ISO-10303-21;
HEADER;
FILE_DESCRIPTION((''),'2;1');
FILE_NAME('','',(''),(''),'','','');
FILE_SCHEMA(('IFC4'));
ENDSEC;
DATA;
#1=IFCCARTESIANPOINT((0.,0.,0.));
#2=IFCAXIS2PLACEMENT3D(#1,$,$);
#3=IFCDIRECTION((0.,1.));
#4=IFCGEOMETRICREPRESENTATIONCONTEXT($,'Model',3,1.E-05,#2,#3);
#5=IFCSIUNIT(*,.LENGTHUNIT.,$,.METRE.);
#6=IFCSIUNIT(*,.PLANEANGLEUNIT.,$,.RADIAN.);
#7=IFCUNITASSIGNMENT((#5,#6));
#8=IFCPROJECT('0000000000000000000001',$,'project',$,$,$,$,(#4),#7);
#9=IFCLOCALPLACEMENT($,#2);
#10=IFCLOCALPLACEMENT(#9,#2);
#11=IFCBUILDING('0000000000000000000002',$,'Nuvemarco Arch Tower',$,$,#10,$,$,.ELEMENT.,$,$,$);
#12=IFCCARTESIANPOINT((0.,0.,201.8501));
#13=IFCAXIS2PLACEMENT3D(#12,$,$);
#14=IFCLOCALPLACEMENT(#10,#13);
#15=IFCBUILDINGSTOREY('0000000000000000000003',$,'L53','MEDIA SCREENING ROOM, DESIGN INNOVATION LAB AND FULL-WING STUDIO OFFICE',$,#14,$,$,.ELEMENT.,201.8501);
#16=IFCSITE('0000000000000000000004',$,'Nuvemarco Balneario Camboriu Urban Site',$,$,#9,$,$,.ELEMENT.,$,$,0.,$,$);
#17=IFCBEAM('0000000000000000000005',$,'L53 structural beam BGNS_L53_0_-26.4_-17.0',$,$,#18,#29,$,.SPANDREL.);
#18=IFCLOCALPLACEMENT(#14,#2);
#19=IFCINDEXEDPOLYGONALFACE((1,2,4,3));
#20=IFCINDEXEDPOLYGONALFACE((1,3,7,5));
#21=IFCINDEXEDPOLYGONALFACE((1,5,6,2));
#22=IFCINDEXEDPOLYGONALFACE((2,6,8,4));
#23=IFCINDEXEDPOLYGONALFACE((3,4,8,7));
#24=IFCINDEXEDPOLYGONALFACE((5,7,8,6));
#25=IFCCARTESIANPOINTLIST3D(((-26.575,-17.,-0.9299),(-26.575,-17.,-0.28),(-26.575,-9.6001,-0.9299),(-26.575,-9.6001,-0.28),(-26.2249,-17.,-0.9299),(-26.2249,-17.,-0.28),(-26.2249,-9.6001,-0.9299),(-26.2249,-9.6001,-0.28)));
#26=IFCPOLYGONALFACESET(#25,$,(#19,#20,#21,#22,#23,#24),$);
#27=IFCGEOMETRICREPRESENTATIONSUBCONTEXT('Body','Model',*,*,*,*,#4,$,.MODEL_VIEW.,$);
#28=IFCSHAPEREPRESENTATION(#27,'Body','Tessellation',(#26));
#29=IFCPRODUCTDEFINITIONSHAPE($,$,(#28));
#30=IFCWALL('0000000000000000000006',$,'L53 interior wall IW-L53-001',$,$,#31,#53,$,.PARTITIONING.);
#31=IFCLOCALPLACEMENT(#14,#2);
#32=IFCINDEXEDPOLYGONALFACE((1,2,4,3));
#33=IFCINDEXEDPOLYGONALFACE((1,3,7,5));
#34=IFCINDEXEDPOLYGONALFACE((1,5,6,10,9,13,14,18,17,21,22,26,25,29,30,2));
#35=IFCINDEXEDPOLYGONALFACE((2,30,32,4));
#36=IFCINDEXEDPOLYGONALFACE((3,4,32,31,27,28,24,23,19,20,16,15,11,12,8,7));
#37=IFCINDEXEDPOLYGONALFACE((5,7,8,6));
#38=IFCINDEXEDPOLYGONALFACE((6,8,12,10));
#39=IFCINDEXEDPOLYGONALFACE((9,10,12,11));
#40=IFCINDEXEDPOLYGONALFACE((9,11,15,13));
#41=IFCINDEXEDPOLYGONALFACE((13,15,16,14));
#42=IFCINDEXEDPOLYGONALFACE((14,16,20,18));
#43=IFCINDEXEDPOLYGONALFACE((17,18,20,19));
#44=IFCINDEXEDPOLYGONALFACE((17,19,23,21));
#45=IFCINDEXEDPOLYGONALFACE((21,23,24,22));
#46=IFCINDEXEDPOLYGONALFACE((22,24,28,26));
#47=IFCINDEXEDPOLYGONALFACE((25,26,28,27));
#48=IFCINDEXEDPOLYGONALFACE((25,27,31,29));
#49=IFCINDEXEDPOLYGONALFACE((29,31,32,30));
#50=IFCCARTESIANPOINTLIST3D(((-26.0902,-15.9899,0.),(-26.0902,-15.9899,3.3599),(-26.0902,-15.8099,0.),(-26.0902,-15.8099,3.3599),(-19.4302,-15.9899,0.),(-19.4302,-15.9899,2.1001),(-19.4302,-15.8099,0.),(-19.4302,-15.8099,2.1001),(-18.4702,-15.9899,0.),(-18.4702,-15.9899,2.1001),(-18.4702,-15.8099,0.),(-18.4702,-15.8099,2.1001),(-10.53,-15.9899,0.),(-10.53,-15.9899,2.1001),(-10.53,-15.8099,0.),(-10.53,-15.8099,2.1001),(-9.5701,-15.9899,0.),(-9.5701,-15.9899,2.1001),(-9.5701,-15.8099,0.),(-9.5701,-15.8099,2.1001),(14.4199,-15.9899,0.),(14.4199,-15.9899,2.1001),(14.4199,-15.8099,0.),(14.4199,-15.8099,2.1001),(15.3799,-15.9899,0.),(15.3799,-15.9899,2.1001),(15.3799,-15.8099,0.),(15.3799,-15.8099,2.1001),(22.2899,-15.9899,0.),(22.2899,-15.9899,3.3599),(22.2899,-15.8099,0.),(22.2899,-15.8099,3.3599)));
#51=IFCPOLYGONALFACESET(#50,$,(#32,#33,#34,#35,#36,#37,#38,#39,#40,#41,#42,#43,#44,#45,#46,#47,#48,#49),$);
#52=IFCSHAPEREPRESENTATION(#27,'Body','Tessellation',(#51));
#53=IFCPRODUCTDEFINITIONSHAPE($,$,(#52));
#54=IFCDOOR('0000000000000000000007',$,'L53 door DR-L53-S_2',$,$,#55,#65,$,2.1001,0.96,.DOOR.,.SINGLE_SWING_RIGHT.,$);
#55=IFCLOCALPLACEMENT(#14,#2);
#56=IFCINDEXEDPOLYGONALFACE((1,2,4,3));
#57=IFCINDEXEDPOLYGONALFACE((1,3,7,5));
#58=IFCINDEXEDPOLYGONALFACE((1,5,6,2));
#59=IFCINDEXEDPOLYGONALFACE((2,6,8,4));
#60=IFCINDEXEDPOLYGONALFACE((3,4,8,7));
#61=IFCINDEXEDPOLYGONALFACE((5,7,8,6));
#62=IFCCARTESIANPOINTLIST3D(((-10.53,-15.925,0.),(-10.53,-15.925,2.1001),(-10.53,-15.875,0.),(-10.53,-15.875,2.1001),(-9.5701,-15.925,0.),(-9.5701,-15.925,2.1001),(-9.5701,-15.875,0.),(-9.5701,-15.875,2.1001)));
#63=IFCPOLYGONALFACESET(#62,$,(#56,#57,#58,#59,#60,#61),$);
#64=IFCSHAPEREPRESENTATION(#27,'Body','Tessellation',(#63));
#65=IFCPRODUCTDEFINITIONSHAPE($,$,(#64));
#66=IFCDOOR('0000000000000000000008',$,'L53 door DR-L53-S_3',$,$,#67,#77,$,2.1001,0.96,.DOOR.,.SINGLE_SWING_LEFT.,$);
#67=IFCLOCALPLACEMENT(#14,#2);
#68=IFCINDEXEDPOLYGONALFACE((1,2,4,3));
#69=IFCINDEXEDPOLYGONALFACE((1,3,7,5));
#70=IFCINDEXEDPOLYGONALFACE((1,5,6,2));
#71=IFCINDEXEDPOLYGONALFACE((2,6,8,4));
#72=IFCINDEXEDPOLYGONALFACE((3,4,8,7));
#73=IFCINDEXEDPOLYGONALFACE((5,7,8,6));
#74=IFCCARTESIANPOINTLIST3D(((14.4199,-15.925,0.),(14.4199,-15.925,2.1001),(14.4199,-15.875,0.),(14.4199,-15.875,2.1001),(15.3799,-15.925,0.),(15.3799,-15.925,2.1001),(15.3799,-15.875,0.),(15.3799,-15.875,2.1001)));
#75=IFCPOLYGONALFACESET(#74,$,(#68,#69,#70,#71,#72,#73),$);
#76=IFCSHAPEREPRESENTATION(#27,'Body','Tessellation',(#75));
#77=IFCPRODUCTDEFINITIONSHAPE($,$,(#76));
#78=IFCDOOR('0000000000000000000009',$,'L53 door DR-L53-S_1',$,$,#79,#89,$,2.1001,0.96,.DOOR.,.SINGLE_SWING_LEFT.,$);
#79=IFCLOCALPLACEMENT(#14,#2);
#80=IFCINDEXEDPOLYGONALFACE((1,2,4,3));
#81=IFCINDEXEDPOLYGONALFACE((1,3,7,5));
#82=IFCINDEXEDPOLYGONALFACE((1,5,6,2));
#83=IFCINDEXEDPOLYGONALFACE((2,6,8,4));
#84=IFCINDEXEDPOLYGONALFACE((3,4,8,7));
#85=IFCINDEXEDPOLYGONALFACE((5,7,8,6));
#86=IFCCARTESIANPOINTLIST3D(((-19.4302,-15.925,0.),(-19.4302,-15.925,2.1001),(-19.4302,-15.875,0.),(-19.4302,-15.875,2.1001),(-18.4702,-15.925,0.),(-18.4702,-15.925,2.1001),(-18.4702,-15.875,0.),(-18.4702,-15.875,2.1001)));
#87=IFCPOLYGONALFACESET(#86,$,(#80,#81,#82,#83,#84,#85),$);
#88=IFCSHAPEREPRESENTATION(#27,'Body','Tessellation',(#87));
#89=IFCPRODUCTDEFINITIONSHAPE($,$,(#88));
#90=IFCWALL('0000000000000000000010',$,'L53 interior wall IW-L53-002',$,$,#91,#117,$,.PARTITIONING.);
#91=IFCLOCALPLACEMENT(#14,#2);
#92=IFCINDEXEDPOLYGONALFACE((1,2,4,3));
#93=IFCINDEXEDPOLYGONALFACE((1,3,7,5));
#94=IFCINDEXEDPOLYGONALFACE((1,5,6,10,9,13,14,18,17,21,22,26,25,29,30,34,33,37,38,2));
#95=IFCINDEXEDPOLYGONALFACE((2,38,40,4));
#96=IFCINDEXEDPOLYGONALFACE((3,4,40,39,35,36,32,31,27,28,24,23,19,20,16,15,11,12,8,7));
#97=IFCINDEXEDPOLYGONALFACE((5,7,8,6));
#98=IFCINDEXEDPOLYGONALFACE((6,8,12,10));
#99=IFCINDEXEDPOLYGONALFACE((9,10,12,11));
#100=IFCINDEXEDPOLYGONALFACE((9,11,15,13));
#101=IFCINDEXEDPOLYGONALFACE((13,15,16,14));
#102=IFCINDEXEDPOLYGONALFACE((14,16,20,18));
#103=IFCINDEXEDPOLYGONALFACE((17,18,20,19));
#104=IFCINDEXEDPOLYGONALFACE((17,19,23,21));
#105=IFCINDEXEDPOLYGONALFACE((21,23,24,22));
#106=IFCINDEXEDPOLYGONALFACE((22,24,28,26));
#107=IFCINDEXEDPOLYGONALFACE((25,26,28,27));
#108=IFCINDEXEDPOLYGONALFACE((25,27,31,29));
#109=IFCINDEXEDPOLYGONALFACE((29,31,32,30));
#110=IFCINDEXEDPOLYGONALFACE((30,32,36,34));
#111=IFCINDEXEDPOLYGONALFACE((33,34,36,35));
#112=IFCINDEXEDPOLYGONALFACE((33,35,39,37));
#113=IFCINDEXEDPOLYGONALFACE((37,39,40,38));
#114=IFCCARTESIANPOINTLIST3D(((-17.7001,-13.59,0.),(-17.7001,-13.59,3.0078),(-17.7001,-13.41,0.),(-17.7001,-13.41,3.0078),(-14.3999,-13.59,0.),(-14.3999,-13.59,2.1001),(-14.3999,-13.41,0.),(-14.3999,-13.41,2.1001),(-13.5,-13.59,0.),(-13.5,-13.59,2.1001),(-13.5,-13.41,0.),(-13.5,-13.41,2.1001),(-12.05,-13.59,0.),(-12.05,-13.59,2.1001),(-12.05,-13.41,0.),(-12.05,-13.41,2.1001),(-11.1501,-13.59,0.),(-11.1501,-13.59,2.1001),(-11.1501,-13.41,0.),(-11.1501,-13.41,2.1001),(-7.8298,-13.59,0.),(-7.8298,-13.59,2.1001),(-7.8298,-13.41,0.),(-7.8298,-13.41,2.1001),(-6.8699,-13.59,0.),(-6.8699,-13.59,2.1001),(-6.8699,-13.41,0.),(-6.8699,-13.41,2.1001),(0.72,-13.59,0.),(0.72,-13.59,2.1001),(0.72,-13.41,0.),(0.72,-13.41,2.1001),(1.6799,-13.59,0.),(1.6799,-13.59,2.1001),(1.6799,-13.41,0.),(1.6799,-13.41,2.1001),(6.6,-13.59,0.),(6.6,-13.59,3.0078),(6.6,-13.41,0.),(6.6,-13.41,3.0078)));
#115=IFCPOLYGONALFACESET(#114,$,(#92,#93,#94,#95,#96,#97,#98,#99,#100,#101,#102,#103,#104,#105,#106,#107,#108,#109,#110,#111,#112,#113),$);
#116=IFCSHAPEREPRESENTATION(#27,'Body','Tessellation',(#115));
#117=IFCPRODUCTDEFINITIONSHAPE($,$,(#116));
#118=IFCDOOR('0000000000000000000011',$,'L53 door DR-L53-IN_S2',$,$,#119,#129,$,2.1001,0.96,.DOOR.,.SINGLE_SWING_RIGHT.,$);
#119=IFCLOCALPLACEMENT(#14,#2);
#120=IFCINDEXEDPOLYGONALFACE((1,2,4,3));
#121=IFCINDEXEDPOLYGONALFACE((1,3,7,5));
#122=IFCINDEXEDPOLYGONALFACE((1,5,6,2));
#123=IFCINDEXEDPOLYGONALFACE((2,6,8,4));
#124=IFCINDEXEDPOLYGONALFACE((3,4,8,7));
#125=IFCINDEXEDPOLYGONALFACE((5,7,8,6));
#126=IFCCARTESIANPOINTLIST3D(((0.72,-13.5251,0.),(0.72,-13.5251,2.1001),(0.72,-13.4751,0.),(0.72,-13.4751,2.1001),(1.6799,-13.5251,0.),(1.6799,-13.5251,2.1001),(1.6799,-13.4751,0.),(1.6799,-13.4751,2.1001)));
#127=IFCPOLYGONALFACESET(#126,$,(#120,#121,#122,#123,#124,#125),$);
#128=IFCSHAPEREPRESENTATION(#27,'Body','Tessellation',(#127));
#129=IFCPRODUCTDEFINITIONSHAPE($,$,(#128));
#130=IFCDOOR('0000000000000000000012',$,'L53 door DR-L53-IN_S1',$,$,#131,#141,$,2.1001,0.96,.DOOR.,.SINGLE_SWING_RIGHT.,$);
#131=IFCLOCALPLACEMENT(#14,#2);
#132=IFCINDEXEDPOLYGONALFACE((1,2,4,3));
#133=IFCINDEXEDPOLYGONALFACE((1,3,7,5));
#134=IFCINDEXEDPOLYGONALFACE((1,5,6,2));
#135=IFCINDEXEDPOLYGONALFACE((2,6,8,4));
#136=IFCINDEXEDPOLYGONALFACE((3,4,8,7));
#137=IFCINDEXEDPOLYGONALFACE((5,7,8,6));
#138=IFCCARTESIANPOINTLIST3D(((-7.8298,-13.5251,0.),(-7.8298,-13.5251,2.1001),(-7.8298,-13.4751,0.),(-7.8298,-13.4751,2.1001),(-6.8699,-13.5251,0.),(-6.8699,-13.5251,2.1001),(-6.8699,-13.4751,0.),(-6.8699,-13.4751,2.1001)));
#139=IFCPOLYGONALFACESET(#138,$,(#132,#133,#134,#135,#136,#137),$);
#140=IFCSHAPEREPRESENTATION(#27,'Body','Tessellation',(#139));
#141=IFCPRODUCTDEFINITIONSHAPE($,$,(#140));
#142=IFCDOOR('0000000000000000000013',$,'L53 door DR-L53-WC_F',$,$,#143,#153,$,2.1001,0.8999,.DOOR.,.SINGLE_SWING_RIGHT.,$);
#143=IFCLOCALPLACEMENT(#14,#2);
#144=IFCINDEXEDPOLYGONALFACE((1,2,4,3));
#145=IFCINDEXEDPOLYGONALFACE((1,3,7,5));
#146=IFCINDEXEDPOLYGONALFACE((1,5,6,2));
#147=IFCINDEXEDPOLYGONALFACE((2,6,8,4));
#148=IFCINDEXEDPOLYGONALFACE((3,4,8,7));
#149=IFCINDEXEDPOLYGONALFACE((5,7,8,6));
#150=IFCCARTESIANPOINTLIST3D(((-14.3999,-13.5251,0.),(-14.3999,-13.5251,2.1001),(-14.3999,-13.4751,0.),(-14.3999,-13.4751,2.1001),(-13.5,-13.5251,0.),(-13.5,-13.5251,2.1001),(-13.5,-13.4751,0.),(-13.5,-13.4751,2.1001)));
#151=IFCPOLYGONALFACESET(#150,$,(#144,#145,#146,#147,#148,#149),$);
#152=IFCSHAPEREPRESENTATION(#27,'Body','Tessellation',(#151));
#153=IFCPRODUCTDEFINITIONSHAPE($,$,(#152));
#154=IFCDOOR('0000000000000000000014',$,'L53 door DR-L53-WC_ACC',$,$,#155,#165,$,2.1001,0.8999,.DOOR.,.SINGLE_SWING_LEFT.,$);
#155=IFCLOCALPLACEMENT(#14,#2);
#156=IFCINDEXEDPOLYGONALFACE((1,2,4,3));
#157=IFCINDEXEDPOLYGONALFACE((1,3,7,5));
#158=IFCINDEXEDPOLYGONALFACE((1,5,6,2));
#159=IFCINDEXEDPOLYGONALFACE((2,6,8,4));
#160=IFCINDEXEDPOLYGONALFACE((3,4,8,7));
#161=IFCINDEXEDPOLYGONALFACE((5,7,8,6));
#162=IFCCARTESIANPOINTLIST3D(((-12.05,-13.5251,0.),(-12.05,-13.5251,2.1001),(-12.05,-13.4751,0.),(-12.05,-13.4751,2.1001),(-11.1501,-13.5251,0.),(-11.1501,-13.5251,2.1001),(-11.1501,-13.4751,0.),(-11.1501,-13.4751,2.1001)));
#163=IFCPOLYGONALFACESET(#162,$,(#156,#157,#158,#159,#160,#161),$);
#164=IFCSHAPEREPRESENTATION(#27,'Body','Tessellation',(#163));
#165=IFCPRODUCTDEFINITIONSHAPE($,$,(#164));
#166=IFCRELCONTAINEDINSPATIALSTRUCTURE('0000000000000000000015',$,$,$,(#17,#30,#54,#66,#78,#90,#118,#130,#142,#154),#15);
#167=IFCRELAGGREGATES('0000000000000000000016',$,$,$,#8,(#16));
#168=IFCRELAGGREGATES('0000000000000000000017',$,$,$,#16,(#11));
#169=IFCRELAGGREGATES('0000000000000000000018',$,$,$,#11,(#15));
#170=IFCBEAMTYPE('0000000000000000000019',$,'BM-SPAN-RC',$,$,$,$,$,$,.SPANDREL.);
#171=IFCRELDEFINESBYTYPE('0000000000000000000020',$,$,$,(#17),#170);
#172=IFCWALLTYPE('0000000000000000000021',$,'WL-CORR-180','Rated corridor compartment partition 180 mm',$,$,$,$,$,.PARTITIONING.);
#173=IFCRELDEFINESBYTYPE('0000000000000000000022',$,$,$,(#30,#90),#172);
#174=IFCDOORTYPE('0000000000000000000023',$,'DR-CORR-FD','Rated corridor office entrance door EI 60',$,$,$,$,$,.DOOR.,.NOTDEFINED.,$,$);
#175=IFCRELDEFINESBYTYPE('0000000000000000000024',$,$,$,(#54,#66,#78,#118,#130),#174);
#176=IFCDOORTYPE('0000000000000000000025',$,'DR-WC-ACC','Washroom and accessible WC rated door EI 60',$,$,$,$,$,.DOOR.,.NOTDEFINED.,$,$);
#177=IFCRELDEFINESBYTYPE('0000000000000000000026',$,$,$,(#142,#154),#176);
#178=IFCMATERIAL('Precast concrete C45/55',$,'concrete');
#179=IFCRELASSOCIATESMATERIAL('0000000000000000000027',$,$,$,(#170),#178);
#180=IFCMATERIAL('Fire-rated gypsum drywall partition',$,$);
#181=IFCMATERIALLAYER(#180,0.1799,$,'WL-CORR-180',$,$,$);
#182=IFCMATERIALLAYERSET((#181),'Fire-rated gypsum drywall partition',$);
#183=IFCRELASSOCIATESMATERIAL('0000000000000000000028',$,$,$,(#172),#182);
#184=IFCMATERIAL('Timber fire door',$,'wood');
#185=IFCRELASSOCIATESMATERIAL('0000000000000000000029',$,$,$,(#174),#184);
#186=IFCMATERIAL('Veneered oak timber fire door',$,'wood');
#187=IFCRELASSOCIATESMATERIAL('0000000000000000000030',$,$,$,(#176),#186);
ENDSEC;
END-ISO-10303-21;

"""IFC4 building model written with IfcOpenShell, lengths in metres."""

from ifc_helpers import new_model, si_unit, direction, frame, frame_2d, origin, origin_2d, place, context, subcontext, project, spatial, rectangle, extrude, source, transform, mapped, material, layer, layer_set, material_profile, profile_set, type_object, type_shapes, element, fill, save


model = new_model("IFC4")

# Units and contexts
model_context = context("Model", 3, precision=1e-05, world=origin(), true_north=direction((0.0, 1.0)))
body_context = subcontext(model_context, "Body", "Model", "MODEL_VIEW")
ifc_project = project(units=[si_unit("LENGTHUNIT", "METRE"), si_unit("PLANEANGLEUNIT", "RADIAN")], contexts=[model_context])

# Site, building, storey
site_placement = place(None, origin())
site = spatial("IfcSite", under=ifc_project, at=site_placement, Name="Nuvemarco Balneario Camboriu Urban Site", CompositionType="ELEMENT", RefElevation=0.0)
building_placement = place(site_placement, origin())
building = spatial("IfcBuilding", under=site, at=building_placement, Name="Nuvemarco Arch Tower", CompositionType="ELEMENT")
storey_placement = place(building_placement, frame((0.0, 0.0, 201.8501)))
storey = spatial("IfcBuildingStorey", under=building, at=storey_placement, Name="L53", Description="MEDIA SCREENING ROOM, DESIGN INNOVATION LAB AND FULL-WING STUDIO OFFICE", CompositionType="ELEMENT", Elevation=201.8501)

# Beam
ifc_material_1 = material(Name="Precast concrete C45/55", Category="concrete")
ifc_material_profile_1 = material_profile(ifc_material_1, rectangle(XDim=0.3501, YDim=0.6499, at=origin_2d()), Name="PC-SP-350x650")
ifc_profile_set_1 = profile_set([ifc_material_profile_1], Name="Precast concrete C45/55")
beam_type_1 = type_object("IfcBeamType", Name="BM-SPAN-RC", PredefinedType="SPANDREL", material=ifc_profile_set_1)
beam_1_placement = place(storey_placement, frame((-26.3999, -17.0, -0.605), z_axis=(0.0, 1.0, 0.0), x_axis=(-1.0, 0.0, 0.0)))
element("IfcBeam", 1, at=beam_1_placement, inside=storey, type_object=beam_type_1, Name="L53 structural beam BGNS_L53_0_-26.4_-17.0", PredefinedType="SPANDREL", context=body_context, shape_type="SweptSolid", body=[
    extrude(rectangle(XDim=0.3501, YDim=0.6499, at=origin_2d()), origin(), (0.0, 0.0, 1.0), 7.3999),
])

# Walls, openings, doors
ifc_material_2 = material(Name="Fire-rated gypsum drywall partition")
ifc_layer = layer(ifc_material_2, 0.1799, Name="WL-CORR-180")
ifc_layer_set = layer_set([ifc_layer], Name="Fire-rated gypsum drywall partition")
wall_type = type_object("IfcWallType", Name="WL-CORR-180", Description="Rated corridor compartment partition 180 mm", PredefinedType="PARTITIONING", material=ifc_layer_set)
wall_1_placement = place(storey_placement, frame((-26.0901, -15.8999, 0.0), z_axis=(0.0, 0.0, 1.0), x_axis=(1.0, 0.0, 0.0)))
wall_1 = element("IfcWall", 2, at=wall_1_placement, inside=storey, type_object=wall_type, Name="L53 interior wall IW-L53-001", PredefinedType="PARTITIONING", context=body_context, shape_type="SweptSolid", body=[
    extrude(rectangle(XDim=48.3801, YDim=0.1799, at=frame_2d((24.1899, 0.0))), origin(), (0.0, 0.0, 1.0), 3.3599),
])
opening_1_placement = place(wall_1_placement, frame((15.5601, 0.0, 0.0)))
opening_1 = element("IfcOpeningElement", 3, at=opening_1_placement, cuts=wall_1, PredefinedType="OPENING", context=body_context, shape_type="SweptSolid", body=[
    extrude(rectangle(XDim=0.96, YDim=2.1001, at=frame_2d((0.48, 1.05))), frame((0.0, 0.0999, 0.0), z_axis=(0.0, -1.0, 0.0), x_axis=(1.0, 0.0, 0.0)), (0.0, 0.0, 1.0), 0.2),
])
opening_2_placement = place(wall_1_placement, frame((40.51, 0.0, 0.0)))
opening_2 = element("IfcOpeningElement", 4, at=opening_2_placement, cuts=wall_1, PredefinedType="OPENING", context=body_context, shape_type="SweptSolid", body=[
    extrude(rectangle(XDim=0.96, YDim=2.1001, at=frame_2d((0.48, 1.05))), frame((0.0, 0.0999, 0.0), z_axis=(0.0, -1.0, 0.0), x_axis=(1.0, 0.0, 0.0)), (0.0, 0.0, 1.0), 0.2),
])
opening_3_placement = place(wall_1_placement, frame((6.6599, 0.0, 0.0)))
opening_3 = element("IfcOpeningElement", 5, at=opening_3_placement, cuts=wall_1, PredefinedType="OPENING", context=body_context, shape_type="SweptSolid", body=[
    extrude(rectangle(XDim=0.96, YDim=2.1001, at=frame_2d((0.48, 1.05))), frame((0.0, 0.0999, 0.0), z_axis=(0.0, -1.0, 0.0), x_axis=(1.0, 0.0, 0.0)), (0.0, 0.0, 1.0), 0.2),
])
ifc_material_3 = material(Name="Timber fire door", Category="wood")
door_type_1 = type_object("IfcDoorType", Name="DR-CORR-FD", Description="Rated corridor office entrance door EI 60", OperationType="NOTDEFINED", PredefinedType="DOOR", material=ifc_material_3)
shared_shape_1 = source(origin(), body_context, "Body", "SweptSolid", [
    extrude(rectangle(XDim=0.96, YDim=2.1001, at=frame_2d((0.48, 1.05))), frame((0.0, 0.0249, 0.0), z_axis=(0.0, -1.0, 0.0), x_axis=(1.0, 0.0, 0.0)), (0.0, 0.0, 1.0), 0.05),
])
type_shapes(door_type_1, [shared_shape_1])
door_1_placement = place(opening_1_placement, origin())
door_1 = element("IfcDoor", 6, at=door_1_placement, inside=storey, type_object=door_type_1, Name="L53 door DR-L53-S_2", OperationType="SINGLE_SWING_RIGHT", OverallHeight=2.1001, OverallWidth=0.96, PredefinedType="DOOR", context=body_context, shape_type="MappedRepresentation", body=[
    mapped(shared_shape_1, transform((0.0, 0.0, 0.0), scale=1.0)),
])
fill(opening_1, door_1)
door_2_placement = place(opening_2_placement, origin())
door_2 = element("IfcDoor", 7, at=door_2_placement, inside=storey, type_object=door_type_1, Name="L53 door DR-L53-S_3", OperationType="SINGLE_SWING_LEFT", OverallHeight=2.1001, OverallWidth=0.96, PredefinedType="DOOR", context=body_context, shape_type="MappedRepresentation", body=[
    mapped(shared_shape_1, transform((0.0, 0.0, 0.0), scale=1.0)),
])
fill(opening_2, door_2)
door_3_placement = place(opening_3_placement, origin())
door_3 = element("IfcDoor", 8, at=door_3_placement, inside=storey, type_object=door_type_1, Name="L53 door DR-L53-S_1", OperationType="SINGLE_SWING_LEFT", OverallHeight=2.1001, OverallWidth=0.96, PredefinedType="DOOR", context=body_context, shape_type="MappedRepresentation", body=[
    mapped(shared_shape_1, transform((0.0, 0.0, 0.0), scale=1.0)),
])
fill(opening_3, door_3)
wall_2_placement = place(storey_placement, frame((-17.7, -13.5, 0.0), z_axis=(0.0, 0.0, 1.0), x_axis=(1.0, 0.0, 0.0)))
wall_2 = element("IfcWall", 9, at=wall_2_placement, inside=storey, type_object=wall_type, Name="L53 interior wall IW-L53-002", PredefinedType="PARTITIONING", context=body_context, shape_type="SweptSolid", body=[
    extrude(rectangle(XDim=24.3, YDim=0.1799, at=frame_2d((12.1499, 0.0))), origin(), (0.0, 0.0, 1.0), 3.0078),
])
opening_4_placement = place(wall_2_placement, frame((18.4199, 0.0, 0.0)))
opening_4 = element("IfcOpeningElement", 10, at=opening_4_placement, cuts=wall_2, PredefinedType="OPENING", context=body_context, shape_type="SweptSolid", body=[
    extrude(rectangle(XDim=0.96, YDim=2.1001, at=frame_2d((0.48, 1.05))), frame((0.0, 0.0999, 0.0), z_axis=(0.0, -1.0, 0.0), x_axis=(1.0, 0.0, 0.0)), (0.0, 0.0, 1.0), 0.2),
])
opening_5_placement = place(wall_2_placement, frame((9.8701, 0.0, 0.0)))
opening_5 = element("IfcOpeningElement", 11, at=opening_5_placement, cuts=wall_2, PredefinedType="OPENING", context=body_context, shape_type="SweptSolid", body=[
    extrude(rectangle(XDim=0.96, YDim=2.1001, at=frame_2d((0.48, 1.05))), frame((0.0, 0.0999, 0.0), z_axis=(0.0, -1.0, 0.0), x_axis=(1.0, 0.0, 0.0)), (0.0, 0.0, 1.0), 0.2),
])
opening_6_placement = place(wall_2_placement, frame((3.3, 0.0, 0.0)))
opening_6 = element("IfcOpeningElement", 12, at=opening_6_placement, cuts=wall_2, PredefinedType="OPENING", context=body_context, shape_type="SweptSolid", body=[
    extrude(rectangle(XDim=0.8999, YDim=2.1001, at=frame_2d((0.45, 1.05))), frame((0.0, 0.0999, 0.0), z_axis=(0.0, -1.0, 0.0), x_axis=(1.0, 0.0, 0.0)), (0.0, 0.0, 1.0), 0.2),
])
opening_7_placement = place(wall_2_placement, frame((5.6499, 0.0, 0.0)))
opening_7 = element("IfcOpeningElement", 13, at=opening_7_placement, cuts=wall_2, PredefinedType="OPENING", context=body_context, shape_type="SweptSolid", body=[
    extrude(rectangle(XDim=0.8999, YDim=2.1001, at=frame_2d((0.45, 1.05))), frame((0.0, 0.0999, 0.0), z_axis=(0.0, -1.0, 0.0), x_axis=(1.0, 0.0, 0.0)), (0.0, 0.0, 1.0), 0.2),
])
door_4_placement = place(opening_4_placement, origin())
door_4 = element("IfcDoor", 14, at=door_4_placement, inside=storey, type_object=door_type_1, Name="L53 door DR-L53-IN_S2", OperationType="SINGLE_SWING_RIGHT", OverallHeight=2.1001, OverallWidth=0.96, PredefinedType="DOOR", context=body_context, shape_type="MappedRepresentation", body=[
    mapped(shared_shape_1, transform((0.0, 0.0, 0.0), scale=1.0)),
])
fill(opening_4, door_4)
door_5_placement = place(opening_5_placement, origin())
door_5 = element("IfcDoor", 15, at=door_5_placement, inside=storey, type_object=door_type_1, Name="L53 door DR-L53-IN_S1", OperationType="SINGLE_SWING_RIGHT", OverallHeight=2.1001, OverallWidth=0.96, PredefinedType="DOOR", context=body_context, shape_type="MappedRepresentation", body=[
    mapped(shared_shape_1, transform((0.0, 0.0, 0.0), scale=1.0)),
])
fill(opening_5, door_5)
ifc_material_4 = material(Name="Veneered oak timber fire door", Category="wood")
door_type_2 = type_object("IfcDoorType", Name="DR-WC-ACC", Description="Washroom and accessible WC rated door EI 60", OperationType="NOTDEFINED", PredefinedType="DOOR", material=ifc_material_4)
shared_shape_2 = source(origin(), body_context, "Body", "SweptSolid", [
    extrude(rectangle(XDim=0.8999, YDim=2.1001, at=frame_2d((0.45, 1.05))), frame((0.0, 0.0249, 0.0), z_axis=(0.0, -1.0, 0.0), x_axis=(1.0, 0.0, 0.0)), (0.0, 0.0, 1.0), 0.05),
])
type_shapes(door_type_2, [shared_shape_2])
door_6_placement = place(opening_6_placement, origin())
door_6 = element("IfcDoor", 16, at=door_6_placement, inside=storey, type_object=door_type_2, Name="L53 door DR-L53-WC_F", OperationType="SINGLE_SWING_RIGHT", OverallHeight=2.1001, OverallWidth=0.8999, PredefinedType="DOOR", context=body_context, shape_type="MappedRepresentation", body=[
    mapped(shared_shape_2, transform((0.0, 0.0, 0.0), scale=1.0)),
])
fill(opening_6, door_6)
door_7_placement = place(opening_7_placement, origin())
door_7 = element("IfcDoor", 17, at=door_7_placement, inside=storey, type_object=door_type_2, Name="L53 door DR-L53-WC_ACC", OperationType="SINGLE_SWING_LEFT", OverallHeight=2.1001, OverallWidth=0.8999, PredefinedType="DOOR", context=body_context, shape_type="MappedRepresentation", body=[
    mapped(shared_shape_2, transform((0.0, 0.0, 0.0), scale=1.0)),
])
fill(opening_7, door_7)

save(model, "model.ifc")
